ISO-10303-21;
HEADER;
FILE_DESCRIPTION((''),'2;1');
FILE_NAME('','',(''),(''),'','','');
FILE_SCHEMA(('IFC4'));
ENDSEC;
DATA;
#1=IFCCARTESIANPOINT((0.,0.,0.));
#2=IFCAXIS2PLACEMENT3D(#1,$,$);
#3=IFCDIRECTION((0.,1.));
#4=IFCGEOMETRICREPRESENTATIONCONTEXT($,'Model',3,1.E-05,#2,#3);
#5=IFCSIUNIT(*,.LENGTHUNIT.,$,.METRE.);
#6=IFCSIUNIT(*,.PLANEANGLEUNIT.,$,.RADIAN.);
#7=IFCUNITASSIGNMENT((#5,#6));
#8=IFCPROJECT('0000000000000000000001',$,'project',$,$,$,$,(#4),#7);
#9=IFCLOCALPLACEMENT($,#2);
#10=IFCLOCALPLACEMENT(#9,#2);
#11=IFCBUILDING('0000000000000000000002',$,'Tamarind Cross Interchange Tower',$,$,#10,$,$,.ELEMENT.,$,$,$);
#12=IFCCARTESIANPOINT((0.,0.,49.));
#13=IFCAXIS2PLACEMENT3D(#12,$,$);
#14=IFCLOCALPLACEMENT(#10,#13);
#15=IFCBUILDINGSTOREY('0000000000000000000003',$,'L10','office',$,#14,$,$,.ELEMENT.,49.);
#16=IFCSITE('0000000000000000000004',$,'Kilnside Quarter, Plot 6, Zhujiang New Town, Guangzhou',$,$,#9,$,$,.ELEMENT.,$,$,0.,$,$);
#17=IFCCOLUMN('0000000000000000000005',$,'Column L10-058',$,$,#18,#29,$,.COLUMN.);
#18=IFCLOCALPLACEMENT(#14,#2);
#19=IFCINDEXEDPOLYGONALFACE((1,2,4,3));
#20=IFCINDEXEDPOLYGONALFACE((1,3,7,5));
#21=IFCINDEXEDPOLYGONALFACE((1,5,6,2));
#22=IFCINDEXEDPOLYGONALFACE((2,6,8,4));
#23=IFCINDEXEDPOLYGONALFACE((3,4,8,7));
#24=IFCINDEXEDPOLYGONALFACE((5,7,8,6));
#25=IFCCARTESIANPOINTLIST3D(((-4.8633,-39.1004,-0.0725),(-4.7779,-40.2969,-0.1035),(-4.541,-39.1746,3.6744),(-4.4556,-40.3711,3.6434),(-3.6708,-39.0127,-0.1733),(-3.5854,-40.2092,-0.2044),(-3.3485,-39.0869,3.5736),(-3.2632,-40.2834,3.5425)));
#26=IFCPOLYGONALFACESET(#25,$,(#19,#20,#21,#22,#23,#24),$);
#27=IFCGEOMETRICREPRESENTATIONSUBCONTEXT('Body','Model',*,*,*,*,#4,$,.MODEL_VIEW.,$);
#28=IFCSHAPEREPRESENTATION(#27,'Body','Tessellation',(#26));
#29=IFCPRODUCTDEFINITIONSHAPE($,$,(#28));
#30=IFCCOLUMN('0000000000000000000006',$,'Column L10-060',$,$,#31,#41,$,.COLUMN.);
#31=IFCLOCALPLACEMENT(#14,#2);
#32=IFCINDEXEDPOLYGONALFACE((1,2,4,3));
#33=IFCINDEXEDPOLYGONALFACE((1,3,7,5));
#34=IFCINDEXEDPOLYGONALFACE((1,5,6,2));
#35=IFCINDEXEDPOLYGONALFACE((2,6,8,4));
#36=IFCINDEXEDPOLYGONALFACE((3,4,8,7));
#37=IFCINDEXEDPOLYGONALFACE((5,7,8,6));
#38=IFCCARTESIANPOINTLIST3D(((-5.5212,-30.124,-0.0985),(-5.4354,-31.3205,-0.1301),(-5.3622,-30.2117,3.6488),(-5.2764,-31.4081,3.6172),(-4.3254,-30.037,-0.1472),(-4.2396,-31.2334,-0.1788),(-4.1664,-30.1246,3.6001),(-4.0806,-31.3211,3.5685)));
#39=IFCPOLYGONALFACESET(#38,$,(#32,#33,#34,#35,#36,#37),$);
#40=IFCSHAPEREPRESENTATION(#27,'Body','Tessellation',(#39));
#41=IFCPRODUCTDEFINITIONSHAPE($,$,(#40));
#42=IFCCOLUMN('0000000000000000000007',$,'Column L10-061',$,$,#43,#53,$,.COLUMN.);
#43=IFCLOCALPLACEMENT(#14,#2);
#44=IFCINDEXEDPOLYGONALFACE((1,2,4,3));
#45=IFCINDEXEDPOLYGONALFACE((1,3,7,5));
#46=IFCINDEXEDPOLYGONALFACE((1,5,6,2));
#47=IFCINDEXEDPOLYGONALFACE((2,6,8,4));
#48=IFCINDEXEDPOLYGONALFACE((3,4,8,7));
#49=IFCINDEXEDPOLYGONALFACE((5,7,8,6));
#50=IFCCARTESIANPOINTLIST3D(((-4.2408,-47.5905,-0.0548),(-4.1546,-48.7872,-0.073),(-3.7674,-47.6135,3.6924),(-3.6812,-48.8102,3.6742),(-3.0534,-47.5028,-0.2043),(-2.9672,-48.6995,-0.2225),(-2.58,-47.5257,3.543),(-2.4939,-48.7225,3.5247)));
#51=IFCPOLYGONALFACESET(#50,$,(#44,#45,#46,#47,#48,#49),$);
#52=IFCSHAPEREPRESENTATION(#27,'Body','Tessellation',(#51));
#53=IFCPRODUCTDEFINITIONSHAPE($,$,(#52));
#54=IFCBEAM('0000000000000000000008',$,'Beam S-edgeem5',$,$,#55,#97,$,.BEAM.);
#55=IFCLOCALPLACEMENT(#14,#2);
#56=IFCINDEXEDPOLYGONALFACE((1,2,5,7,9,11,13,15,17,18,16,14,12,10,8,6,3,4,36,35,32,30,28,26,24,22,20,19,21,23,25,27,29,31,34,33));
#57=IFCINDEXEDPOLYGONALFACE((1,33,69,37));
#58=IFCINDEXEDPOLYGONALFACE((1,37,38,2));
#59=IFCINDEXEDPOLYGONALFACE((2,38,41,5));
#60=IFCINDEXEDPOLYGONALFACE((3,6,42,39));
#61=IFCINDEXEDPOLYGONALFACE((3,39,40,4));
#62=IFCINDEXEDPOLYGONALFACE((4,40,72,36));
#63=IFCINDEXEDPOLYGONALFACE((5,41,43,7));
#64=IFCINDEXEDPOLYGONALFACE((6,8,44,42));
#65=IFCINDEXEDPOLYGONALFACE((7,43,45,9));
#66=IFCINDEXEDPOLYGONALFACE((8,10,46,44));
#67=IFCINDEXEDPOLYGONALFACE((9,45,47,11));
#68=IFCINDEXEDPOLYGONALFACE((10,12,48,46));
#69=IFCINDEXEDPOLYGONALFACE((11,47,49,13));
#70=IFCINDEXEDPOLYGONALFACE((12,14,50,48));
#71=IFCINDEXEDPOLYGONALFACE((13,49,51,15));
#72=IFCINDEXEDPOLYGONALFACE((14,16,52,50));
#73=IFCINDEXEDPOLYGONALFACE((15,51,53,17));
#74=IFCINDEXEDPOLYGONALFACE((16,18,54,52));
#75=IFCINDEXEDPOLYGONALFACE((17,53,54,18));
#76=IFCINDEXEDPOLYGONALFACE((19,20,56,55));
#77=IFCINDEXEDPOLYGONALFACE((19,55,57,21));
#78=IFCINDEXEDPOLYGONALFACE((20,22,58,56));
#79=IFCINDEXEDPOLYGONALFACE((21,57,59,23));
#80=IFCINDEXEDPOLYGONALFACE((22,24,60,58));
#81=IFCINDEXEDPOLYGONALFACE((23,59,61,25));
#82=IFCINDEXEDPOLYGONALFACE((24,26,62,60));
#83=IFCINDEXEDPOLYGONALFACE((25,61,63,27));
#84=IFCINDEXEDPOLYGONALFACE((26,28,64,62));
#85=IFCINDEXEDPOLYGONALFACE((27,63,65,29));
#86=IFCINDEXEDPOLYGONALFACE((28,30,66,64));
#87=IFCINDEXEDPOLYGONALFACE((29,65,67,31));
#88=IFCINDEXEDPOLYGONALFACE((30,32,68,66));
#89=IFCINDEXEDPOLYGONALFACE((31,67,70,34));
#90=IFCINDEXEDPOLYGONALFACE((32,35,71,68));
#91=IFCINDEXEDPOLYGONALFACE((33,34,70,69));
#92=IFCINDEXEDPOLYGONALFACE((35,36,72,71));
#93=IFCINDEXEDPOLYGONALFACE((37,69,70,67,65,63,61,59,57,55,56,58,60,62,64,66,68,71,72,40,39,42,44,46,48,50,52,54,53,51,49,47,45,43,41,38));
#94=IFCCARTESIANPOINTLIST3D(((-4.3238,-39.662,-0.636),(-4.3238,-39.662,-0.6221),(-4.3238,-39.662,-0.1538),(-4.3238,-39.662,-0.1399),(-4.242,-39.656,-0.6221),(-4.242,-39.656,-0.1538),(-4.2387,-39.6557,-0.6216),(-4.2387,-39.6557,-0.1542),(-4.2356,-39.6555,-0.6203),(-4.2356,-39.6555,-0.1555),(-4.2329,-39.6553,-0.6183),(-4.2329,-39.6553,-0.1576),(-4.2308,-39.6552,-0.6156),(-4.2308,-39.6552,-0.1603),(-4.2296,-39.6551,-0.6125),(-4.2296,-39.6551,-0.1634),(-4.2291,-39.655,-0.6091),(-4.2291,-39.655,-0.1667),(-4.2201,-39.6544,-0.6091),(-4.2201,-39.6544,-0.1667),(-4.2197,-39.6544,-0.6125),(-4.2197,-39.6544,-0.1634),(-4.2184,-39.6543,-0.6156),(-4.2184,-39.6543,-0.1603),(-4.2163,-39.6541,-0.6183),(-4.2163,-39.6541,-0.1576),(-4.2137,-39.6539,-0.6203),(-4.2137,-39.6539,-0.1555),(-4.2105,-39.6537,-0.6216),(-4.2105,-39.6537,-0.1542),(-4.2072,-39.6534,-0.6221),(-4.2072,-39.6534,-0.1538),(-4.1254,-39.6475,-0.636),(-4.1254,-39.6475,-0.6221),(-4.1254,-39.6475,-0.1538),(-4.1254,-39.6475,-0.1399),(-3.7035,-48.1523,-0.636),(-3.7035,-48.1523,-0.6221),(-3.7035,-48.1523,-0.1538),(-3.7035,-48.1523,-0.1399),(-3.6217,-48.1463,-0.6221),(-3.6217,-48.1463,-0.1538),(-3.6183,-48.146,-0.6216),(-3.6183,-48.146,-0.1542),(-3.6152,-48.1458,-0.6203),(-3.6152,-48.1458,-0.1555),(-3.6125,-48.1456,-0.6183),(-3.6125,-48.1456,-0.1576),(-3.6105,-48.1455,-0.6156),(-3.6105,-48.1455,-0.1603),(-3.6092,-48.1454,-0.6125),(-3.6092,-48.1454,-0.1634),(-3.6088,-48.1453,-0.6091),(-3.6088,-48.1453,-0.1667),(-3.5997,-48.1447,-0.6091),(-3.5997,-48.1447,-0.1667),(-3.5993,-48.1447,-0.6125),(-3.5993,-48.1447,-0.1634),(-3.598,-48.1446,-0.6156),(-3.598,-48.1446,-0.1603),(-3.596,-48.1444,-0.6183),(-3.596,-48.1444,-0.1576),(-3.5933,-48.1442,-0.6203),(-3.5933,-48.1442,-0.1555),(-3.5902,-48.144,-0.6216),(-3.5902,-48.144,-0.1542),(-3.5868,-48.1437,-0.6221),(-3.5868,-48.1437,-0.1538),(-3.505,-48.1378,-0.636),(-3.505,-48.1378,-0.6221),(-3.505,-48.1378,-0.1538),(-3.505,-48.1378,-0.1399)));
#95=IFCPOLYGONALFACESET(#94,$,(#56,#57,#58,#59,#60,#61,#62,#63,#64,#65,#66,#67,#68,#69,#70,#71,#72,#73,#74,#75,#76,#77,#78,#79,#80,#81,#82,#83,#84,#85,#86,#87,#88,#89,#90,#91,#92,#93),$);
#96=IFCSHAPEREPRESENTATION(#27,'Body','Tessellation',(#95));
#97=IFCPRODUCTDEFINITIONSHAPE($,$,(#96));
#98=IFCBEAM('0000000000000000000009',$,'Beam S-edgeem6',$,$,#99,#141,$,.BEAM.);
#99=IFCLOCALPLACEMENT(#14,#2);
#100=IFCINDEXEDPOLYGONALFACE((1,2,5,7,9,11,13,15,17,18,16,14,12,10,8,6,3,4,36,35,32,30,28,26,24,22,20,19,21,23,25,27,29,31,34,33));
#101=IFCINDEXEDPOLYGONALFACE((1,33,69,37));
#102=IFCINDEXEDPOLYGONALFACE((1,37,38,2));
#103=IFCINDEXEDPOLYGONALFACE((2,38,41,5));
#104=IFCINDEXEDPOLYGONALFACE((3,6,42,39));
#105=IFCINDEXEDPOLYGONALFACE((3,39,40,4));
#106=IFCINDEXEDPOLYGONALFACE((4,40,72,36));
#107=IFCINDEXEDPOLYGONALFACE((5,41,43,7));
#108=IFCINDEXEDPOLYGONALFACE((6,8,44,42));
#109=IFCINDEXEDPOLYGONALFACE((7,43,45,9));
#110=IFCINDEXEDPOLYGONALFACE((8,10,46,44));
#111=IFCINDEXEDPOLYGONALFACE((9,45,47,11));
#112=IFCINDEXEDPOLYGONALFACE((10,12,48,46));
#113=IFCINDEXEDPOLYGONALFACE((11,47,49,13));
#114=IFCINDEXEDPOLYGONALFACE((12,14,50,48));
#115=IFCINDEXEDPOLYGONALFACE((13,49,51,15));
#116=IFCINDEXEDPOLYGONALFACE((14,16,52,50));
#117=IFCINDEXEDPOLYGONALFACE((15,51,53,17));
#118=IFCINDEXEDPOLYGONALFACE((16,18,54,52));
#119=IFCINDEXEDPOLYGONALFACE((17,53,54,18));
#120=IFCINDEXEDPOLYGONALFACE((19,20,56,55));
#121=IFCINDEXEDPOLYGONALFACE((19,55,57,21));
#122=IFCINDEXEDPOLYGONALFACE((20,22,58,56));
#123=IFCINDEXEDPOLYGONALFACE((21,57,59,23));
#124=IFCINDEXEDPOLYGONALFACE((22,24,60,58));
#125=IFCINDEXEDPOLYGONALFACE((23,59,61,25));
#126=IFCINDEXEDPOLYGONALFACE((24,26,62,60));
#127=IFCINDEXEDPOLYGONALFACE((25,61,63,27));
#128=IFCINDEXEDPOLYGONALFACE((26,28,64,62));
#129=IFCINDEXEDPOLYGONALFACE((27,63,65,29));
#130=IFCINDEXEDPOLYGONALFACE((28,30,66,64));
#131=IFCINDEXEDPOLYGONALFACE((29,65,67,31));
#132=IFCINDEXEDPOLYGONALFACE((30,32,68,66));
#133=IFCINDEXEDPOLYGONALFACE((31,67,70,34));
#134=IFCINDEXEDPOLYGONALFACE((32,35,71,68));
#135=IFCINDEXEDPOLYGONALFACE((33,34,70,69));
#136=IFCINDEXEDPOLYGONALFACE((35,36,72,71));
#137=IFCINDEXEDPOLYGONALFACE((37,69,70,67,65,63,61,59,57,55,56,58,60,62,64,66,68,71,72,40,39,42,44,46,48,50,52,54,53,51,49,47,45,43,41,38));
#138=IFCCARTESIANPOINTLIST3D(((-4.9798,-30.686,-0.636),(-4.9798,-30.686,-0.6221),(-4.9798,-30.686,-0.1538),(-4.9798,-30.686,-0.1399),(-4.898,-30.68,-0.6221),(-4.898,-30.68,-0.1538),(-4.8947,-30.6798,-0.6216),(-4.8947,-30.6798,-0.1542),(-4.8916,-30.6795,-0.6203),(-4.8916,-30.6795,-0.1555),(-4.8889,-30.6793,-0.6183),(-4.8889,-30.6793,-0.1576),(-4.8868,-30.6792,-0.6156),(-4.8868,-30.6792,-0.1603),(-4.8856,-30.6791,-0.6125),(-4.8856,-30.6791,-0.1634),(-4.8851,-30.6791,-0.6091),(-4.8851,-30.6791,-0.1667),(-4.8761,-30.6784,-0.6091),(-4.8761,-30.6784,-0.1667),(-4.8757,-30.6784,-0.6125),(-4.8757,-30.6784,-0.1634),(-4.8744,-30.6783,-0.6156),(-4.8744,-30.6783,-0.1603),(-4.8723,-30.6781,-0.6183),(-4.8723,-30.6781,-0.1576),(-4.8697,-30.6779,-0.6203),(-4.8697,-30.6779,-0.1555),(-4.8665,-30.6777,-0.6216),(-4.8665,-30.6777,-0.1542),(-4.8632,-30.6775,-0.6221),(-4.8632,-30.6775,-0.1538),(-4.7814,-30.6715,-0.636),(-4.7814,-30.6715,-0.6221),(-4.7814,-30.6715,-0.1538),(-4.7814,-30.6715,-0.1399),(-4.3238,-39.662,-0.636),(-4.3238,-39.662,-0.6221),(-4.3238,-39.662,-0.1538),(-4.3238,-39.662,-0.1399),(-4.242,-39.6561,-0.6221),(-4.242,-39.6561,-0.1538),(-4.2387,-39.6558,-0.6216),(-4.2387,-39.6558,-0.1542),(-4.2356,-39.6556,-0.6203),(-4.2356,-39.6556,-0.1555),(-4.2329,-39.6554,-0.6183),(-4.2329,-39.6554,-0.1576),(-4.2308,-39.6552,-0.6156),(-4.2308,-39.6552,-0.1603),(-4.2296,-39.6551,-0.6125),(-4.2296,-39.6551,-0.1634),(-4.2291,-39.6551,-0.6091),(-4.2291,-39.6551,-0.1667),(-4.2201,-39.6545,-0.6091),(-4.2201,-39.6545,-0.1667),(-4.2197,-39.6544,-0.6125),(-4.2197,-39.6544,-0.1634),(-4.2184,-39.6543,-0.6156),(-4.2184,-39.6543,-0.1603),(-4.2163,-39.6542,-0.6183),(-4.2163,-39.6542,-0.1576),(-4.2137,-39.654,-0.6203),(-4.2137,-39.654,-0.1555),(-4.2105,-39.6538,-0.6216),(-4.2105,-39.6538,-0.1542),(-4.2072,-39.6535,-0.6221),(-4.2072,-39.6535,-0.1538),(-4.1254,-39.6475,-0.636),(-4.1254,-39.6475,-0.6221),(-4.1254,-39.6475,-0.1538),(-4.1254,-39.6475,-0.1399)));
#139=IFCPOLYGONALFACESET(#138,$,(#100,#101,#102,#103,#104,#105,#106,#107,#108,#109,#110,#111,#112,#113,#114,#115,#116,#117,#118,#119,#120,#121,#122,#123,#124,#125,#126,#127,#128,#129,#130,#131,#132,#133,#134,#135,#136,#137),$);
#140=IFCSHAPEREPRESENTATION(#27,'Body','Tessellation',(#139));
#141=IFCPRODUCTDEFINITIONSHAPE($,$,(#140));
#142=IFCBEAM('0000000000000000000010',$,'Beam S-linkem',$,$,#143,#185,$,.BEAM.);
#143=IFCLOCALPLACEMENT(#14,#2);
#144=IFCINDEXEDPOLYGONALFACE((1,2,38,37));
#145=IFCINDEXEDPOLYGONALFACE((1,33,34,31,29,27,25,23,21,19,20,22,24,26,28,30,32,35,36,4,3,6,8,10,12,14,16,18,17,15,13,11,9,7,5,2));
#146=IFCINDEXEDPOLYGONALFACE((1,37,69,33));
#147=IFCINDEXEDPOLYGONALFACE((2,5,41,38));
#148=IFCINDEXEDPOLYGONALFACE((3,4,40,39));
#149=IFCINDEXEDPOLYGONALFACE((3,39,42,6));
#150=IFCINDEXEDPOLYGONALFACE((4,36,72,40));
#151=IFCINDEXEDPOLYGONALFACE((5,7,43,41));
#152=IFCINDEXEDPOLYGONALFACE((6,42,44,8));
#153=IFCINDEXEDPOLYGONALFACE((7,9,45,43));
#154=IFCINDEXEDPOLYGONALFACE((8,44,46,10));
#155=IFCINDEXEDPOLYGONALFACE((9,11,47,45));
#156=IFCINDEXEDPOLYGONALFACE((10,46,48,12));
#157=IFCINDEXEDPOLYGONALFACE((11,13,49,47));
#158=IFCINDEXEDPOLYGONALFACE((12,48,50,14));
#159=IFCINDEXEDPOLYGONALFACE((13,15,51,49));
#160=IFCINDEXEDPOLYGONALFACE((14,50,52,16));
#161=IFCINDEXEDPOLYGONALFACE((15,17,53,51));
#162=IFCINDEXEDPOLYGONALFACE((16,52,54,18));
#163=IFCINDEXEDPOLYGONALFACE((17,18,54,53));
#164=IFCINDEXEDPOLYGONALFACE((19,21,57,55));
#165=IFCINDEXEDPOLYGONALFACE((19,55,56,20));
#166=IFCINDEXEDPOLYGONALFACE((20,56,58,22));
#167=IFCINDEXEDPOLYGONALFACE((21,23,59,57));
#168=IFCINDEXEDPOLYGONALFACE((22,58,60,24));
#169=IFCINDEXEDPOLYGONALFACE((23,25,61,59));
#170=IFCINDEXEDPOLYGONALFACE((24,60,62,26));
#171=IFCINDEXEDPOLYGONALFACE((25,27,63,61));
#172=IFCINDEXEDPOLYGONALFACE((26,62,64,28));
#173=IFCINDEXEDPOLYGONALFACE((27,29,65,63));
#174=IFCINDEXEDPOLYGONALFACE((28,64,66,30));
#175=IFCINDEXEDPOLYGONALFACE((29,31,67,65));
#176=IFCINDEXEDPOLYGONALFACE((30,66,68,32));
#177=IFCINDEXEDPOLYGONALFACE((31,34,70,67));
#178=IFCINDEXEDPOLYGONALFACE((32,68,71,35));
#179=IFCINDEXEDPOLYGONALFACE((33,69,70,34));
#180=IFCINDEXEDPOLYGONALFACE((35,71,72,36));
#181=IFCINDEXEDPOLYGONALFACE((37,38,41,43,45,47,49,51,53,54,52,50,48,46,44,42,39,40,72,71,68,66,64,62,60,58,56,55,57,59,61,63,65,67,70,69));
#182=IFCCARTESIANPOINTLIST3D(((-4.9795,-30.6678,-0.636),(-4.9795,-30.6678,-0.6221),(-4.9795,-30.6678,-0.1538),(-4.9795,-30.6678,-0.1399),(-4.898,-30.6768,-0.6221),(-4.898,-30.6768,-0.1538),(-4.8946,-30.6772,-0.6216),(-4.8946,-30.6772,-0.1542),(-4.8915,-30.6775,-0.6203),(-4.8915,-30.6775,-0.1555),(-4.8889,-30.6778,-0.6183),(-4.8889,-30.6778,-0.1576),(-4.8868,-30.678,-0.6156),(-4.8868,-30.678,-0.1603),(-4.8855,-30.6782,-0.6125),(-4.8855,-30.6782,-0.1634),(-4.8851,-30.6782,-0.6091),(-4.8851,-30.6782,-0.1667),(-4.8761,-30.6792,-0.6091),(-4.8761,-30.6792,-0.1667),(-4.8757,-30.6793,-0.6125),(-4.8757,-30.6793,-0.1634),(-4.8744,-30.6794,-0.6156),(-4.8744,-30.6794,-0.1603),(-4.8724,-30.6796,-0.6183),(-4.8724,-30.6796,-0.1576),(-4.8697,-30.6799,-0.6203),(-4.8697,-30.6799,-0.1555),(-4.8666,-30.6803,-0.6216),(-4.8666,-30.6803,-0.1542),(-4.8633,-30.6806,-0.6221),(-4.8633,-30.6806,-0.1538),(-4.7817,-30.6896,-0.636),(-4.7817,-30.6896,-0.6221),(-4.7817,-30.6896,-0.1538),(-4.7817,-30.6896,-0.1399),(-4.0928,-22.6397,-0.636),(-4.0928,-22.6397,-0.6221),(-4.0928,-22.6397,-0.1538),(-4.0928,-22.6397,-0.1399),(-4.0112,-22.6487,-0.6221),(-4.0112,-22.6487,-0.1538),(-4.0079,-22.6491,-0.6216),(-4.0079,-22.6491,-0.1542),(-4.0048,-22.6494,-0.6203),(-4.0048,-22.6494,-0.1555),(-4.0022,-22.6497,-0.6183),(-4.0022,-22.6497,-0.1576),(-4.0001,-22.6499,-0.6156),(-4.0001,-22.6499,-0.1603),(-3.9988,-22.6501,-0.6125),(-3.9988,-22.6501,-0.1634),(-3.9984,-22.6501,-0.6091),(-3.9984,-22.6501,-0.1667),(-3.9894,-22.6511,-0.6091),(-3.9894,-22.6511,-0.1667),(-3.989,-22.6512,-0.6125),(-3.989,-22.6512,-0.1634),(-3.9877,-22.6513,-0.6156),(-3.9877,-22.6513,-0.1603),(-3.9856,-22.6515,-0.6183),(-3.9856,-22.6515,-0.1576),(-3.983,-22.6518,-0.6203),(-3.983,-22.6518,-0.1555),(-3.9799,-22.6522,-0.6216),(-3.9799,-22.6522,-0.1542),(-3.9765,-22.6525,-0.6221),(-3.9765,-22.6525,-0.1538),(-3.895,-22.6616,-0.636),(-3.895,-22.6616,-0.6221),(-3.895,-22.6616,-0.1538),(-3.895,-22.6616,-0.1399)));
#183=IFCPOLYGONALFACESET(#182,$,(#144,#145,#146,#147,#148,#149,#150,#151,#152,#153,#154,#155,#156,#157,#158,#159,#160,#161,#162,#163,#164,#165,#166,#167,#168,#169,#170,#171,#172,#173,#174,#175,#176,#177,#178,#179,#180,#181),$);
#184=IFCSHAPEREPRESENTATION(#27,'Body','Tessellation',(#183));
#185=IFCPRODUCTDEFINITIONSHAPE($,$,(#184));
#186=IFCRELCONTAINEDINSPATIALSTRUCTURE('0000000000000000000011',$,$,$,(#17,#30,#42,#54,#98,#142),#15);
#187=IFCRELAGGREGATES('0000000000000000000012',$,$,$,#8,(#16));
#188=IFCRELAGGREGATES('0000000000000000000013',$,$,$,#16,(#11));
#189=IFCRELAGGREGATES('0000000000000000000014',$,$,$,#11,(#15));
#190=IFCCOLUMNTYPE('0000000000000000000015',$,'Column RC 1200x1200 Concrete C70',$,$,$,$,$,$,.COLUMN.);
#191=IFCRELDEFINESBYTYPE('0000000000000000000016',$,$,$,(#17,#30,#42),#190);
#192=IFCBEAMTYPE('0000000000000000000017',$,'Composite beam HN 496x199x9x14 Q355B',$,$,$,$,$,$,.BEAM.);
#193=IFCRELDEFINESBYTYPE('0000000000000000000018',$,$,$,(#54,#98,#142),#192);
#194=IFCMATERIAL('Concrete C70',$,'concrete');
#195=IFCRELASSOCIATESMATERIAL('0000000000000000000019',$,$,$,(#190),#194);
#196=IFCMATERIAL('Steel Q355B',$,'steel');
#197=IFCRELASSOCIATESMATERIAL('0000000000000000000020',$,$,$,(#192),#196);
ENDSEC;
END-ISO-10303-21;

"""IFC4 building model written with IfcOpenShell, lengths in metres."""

from ifc_helpers import new_model, si_unit, direction, frame, origin, origin_2d, place, context, subcontext, project, spatial, rectangle, i_section, extrude, material, material_profile, profile_set, type_object, element, save


model = new_model("IFC4")

# Units and contexts
model_context = context("Model", 3, precision=1e-05, world=origin(), true_north=direction((0.0, 1.0)))
body_context = subcontext(model_context, "Body", "Model", "MODEL_VIEW")
ifc_project = project(units=[si_unit("LENGTHUNIT", "METRE"), si_unit("PLANEANGLEUNIT", "RADIAN")], contexts=[model_context])

# Site, building, storey
site_placement = place(None, origin())
site = spatial("IfcSite", under=ifc_project, at=site_placement, Name="Kilnside Quarter, Plot 6, Zhujiang New Town, Guangzhou", CompositionType="ELEMENT", RefElevation=0.0)
building_placement = place(site_placement, origin())
building = spatial("IfcBuilding", under=site, at=building_placement, Name="Tamarind Cross Interchange Tower", CompositionType="ELEMENT")
storey_placement = place(building_placement, frame((0.0, 0.0, 49.0)))
storey = spatial("IfcBuildingStorey", under=building, at=storey_placement, Name="L10", Description="office", CompositionType="ELEMENT", Elevation=49.0)

# Columns
ifc_material_1 = material(Name="Concrete C70", Category="concrete")
ifc_material_profile_1 = material_profile(ifc_material_1, rectangle(XDim=1.2, YDim=1.2, at=origin_2d()), Name="RC 1200x1200")
ifc_profile_set_1 = profile_set([ifc_material_profile_1], Name="Concrete C70")
column_type = type_object("IfcColumnType", Name="Column RC 1200x1200 Concrete C70", PredefinedType="COLUMN", material=ifc_profile_set_1)
column_1_placement = place(storey_placement, frame((-4.2244, -39.6548, -0.1384), z_axis=(0.085677, -0.019732, 0.996128), x_axis=(-0.071167, 0.997129, 0.025873)))
element("IfcColumn", 1, at=column_1_placement, inside=storey, type_object=column_type, Name="Column L10-058", PredefinedType="COLUMN", context=body_context, shape_type="SweptSolid", body=[
    extrude(rectangle(XDim=1.2, YDim=1.2, at=origin_2d()), origin(), (0.0, 0.0, 1.0), 3.7615),
])
column_2_placement = place(storey_placement, frame((-4.8804, -30.6787, -0.1387), z_axis=(0.042364, -0.023362, 0.998829), x_axis=(-0.071515, 0.997091, 0.026354)))
element("IfcColumn", 2, at=column_2_placement, inside=storey, type_object=column_type, Name="Column L10-060", PredefinedType="COLUMN", context=body_context, shape_type="SweptSolid", body=[
    extrude(rectangle(XDim=1.2, YDim=1.2, at=origin_2d()), origin(), (0.0, 0.0, 1.0), 3.7517),
])
column_3_placement = place(storey_placement, frame((-3.604, -48.145, -0.1387), z_axis=(0.125329, -0.006076, 0.992097), x_axis=(-0.071785, 0.997305, 0.015176)))
element("IfcColumn", 3, at=column_3_placement, inside=storey, type_object=column_type, Name="Column L10-061", PredefinedType="COLUMN", context=body_context, shape_type="SweptSolid", body=[
    extrude(rectangle(XDim=1.2, YDim=1.2, at=origin_2d()), origin(), (0.0, 0.0, 1.0), 3.7771),
])

# Beams
ifc_material_2 = material(Name="Steel Q355B", Category="steel")
ifc_material_profile_2 = material_profile(ifc_material_2, i_section(OverallWidth=0.199, OverallDepth=0.4961, WebThickness=0.009, FlangeThickness=0.0139, FilletRadius=0.0129, at=origin_2d()), Name="HN 496x199x9x14")
ifc_profile_set_2 = profile_set([ifc_material_profile_2], Name="Steel Q355B")
beam_type_1 = type_object("IfcBeamType", Name="Composite beam HN 496x199x9x14 Q355B", PredefinedType="BEAM", material=ifc_profile_set_2)
beam_1_placement = place(storey_placement, frame((-3.6042, -48.145, -0.3879), z_axis=(-0.072873, 0.997341, 0.0), x_axis=(-0.997341, -0.072873, 0.0)))
element("IfcBeam", 4, at=beam_1_placement, inside=storey, type_object=beam_type_1, Name="Beam S-edgeem5", PredefinedType="BEAM", context=body_context, shape_type="SweptSolid", body=[
    extrude(i_section(OverallWidth=0.199, OverallDepth=0.4961, WebThickness=0.009, FlangeThickness=0.0139, FilletRadius=0.0129, at=origin_2d()), origin(), (0.0, 0.0, 1.0), 8.5129),
])
beam_2_placement = place(storey_placement, frame((-4.2246, -39.6548, -0.3879), z_axis=(-0.072889, 0.99734, 0.0), x_axis=(-0.99734, -0.072889, 0.0)))
element("IfcBeam", 5, at=beam_2_placement, inside=storey, type_object=beam_type_1, Name="Beam S-edgeem6", PredefinedType="BEAM", context=body_context, shape_type="SweptSolid", body=[
    extrude(i_section(OverallWidth=0.199, OverallDepth=0.4961, WebThickness=0.009, FlangeThickness=0.0139, FilletRadius=0.0129, at=origin_2d()), origin(), (0.0, 0.0, 1.0), 9.0),
])
beam_3_placement = place(storey_placement, frame((-4.8806, -30.6787, -0.3879), z_axis=(0.109785, 0.993955, 0.0), x_axis=(-0.993955, 0.109785, 0.0)))
element("IfcBeam", 6, at=beam_3_placement, inside=storey, type_object=beam_type_1, Name="Beam S-linkem", PredefinedType="BEAM", context=body_context, shape_type="SweptSolid", body=[
    extrude(i_section(OverallWidth=0.199, OverallDepth=0.4961, WebThickness=0.009, FlangeThickness=0.0139, FilletRadius=0.0129, at=origin_2d()), origin(), (0.0, 0.0, 1.0), 8.0769),
])

save(model, "model.ifc")
